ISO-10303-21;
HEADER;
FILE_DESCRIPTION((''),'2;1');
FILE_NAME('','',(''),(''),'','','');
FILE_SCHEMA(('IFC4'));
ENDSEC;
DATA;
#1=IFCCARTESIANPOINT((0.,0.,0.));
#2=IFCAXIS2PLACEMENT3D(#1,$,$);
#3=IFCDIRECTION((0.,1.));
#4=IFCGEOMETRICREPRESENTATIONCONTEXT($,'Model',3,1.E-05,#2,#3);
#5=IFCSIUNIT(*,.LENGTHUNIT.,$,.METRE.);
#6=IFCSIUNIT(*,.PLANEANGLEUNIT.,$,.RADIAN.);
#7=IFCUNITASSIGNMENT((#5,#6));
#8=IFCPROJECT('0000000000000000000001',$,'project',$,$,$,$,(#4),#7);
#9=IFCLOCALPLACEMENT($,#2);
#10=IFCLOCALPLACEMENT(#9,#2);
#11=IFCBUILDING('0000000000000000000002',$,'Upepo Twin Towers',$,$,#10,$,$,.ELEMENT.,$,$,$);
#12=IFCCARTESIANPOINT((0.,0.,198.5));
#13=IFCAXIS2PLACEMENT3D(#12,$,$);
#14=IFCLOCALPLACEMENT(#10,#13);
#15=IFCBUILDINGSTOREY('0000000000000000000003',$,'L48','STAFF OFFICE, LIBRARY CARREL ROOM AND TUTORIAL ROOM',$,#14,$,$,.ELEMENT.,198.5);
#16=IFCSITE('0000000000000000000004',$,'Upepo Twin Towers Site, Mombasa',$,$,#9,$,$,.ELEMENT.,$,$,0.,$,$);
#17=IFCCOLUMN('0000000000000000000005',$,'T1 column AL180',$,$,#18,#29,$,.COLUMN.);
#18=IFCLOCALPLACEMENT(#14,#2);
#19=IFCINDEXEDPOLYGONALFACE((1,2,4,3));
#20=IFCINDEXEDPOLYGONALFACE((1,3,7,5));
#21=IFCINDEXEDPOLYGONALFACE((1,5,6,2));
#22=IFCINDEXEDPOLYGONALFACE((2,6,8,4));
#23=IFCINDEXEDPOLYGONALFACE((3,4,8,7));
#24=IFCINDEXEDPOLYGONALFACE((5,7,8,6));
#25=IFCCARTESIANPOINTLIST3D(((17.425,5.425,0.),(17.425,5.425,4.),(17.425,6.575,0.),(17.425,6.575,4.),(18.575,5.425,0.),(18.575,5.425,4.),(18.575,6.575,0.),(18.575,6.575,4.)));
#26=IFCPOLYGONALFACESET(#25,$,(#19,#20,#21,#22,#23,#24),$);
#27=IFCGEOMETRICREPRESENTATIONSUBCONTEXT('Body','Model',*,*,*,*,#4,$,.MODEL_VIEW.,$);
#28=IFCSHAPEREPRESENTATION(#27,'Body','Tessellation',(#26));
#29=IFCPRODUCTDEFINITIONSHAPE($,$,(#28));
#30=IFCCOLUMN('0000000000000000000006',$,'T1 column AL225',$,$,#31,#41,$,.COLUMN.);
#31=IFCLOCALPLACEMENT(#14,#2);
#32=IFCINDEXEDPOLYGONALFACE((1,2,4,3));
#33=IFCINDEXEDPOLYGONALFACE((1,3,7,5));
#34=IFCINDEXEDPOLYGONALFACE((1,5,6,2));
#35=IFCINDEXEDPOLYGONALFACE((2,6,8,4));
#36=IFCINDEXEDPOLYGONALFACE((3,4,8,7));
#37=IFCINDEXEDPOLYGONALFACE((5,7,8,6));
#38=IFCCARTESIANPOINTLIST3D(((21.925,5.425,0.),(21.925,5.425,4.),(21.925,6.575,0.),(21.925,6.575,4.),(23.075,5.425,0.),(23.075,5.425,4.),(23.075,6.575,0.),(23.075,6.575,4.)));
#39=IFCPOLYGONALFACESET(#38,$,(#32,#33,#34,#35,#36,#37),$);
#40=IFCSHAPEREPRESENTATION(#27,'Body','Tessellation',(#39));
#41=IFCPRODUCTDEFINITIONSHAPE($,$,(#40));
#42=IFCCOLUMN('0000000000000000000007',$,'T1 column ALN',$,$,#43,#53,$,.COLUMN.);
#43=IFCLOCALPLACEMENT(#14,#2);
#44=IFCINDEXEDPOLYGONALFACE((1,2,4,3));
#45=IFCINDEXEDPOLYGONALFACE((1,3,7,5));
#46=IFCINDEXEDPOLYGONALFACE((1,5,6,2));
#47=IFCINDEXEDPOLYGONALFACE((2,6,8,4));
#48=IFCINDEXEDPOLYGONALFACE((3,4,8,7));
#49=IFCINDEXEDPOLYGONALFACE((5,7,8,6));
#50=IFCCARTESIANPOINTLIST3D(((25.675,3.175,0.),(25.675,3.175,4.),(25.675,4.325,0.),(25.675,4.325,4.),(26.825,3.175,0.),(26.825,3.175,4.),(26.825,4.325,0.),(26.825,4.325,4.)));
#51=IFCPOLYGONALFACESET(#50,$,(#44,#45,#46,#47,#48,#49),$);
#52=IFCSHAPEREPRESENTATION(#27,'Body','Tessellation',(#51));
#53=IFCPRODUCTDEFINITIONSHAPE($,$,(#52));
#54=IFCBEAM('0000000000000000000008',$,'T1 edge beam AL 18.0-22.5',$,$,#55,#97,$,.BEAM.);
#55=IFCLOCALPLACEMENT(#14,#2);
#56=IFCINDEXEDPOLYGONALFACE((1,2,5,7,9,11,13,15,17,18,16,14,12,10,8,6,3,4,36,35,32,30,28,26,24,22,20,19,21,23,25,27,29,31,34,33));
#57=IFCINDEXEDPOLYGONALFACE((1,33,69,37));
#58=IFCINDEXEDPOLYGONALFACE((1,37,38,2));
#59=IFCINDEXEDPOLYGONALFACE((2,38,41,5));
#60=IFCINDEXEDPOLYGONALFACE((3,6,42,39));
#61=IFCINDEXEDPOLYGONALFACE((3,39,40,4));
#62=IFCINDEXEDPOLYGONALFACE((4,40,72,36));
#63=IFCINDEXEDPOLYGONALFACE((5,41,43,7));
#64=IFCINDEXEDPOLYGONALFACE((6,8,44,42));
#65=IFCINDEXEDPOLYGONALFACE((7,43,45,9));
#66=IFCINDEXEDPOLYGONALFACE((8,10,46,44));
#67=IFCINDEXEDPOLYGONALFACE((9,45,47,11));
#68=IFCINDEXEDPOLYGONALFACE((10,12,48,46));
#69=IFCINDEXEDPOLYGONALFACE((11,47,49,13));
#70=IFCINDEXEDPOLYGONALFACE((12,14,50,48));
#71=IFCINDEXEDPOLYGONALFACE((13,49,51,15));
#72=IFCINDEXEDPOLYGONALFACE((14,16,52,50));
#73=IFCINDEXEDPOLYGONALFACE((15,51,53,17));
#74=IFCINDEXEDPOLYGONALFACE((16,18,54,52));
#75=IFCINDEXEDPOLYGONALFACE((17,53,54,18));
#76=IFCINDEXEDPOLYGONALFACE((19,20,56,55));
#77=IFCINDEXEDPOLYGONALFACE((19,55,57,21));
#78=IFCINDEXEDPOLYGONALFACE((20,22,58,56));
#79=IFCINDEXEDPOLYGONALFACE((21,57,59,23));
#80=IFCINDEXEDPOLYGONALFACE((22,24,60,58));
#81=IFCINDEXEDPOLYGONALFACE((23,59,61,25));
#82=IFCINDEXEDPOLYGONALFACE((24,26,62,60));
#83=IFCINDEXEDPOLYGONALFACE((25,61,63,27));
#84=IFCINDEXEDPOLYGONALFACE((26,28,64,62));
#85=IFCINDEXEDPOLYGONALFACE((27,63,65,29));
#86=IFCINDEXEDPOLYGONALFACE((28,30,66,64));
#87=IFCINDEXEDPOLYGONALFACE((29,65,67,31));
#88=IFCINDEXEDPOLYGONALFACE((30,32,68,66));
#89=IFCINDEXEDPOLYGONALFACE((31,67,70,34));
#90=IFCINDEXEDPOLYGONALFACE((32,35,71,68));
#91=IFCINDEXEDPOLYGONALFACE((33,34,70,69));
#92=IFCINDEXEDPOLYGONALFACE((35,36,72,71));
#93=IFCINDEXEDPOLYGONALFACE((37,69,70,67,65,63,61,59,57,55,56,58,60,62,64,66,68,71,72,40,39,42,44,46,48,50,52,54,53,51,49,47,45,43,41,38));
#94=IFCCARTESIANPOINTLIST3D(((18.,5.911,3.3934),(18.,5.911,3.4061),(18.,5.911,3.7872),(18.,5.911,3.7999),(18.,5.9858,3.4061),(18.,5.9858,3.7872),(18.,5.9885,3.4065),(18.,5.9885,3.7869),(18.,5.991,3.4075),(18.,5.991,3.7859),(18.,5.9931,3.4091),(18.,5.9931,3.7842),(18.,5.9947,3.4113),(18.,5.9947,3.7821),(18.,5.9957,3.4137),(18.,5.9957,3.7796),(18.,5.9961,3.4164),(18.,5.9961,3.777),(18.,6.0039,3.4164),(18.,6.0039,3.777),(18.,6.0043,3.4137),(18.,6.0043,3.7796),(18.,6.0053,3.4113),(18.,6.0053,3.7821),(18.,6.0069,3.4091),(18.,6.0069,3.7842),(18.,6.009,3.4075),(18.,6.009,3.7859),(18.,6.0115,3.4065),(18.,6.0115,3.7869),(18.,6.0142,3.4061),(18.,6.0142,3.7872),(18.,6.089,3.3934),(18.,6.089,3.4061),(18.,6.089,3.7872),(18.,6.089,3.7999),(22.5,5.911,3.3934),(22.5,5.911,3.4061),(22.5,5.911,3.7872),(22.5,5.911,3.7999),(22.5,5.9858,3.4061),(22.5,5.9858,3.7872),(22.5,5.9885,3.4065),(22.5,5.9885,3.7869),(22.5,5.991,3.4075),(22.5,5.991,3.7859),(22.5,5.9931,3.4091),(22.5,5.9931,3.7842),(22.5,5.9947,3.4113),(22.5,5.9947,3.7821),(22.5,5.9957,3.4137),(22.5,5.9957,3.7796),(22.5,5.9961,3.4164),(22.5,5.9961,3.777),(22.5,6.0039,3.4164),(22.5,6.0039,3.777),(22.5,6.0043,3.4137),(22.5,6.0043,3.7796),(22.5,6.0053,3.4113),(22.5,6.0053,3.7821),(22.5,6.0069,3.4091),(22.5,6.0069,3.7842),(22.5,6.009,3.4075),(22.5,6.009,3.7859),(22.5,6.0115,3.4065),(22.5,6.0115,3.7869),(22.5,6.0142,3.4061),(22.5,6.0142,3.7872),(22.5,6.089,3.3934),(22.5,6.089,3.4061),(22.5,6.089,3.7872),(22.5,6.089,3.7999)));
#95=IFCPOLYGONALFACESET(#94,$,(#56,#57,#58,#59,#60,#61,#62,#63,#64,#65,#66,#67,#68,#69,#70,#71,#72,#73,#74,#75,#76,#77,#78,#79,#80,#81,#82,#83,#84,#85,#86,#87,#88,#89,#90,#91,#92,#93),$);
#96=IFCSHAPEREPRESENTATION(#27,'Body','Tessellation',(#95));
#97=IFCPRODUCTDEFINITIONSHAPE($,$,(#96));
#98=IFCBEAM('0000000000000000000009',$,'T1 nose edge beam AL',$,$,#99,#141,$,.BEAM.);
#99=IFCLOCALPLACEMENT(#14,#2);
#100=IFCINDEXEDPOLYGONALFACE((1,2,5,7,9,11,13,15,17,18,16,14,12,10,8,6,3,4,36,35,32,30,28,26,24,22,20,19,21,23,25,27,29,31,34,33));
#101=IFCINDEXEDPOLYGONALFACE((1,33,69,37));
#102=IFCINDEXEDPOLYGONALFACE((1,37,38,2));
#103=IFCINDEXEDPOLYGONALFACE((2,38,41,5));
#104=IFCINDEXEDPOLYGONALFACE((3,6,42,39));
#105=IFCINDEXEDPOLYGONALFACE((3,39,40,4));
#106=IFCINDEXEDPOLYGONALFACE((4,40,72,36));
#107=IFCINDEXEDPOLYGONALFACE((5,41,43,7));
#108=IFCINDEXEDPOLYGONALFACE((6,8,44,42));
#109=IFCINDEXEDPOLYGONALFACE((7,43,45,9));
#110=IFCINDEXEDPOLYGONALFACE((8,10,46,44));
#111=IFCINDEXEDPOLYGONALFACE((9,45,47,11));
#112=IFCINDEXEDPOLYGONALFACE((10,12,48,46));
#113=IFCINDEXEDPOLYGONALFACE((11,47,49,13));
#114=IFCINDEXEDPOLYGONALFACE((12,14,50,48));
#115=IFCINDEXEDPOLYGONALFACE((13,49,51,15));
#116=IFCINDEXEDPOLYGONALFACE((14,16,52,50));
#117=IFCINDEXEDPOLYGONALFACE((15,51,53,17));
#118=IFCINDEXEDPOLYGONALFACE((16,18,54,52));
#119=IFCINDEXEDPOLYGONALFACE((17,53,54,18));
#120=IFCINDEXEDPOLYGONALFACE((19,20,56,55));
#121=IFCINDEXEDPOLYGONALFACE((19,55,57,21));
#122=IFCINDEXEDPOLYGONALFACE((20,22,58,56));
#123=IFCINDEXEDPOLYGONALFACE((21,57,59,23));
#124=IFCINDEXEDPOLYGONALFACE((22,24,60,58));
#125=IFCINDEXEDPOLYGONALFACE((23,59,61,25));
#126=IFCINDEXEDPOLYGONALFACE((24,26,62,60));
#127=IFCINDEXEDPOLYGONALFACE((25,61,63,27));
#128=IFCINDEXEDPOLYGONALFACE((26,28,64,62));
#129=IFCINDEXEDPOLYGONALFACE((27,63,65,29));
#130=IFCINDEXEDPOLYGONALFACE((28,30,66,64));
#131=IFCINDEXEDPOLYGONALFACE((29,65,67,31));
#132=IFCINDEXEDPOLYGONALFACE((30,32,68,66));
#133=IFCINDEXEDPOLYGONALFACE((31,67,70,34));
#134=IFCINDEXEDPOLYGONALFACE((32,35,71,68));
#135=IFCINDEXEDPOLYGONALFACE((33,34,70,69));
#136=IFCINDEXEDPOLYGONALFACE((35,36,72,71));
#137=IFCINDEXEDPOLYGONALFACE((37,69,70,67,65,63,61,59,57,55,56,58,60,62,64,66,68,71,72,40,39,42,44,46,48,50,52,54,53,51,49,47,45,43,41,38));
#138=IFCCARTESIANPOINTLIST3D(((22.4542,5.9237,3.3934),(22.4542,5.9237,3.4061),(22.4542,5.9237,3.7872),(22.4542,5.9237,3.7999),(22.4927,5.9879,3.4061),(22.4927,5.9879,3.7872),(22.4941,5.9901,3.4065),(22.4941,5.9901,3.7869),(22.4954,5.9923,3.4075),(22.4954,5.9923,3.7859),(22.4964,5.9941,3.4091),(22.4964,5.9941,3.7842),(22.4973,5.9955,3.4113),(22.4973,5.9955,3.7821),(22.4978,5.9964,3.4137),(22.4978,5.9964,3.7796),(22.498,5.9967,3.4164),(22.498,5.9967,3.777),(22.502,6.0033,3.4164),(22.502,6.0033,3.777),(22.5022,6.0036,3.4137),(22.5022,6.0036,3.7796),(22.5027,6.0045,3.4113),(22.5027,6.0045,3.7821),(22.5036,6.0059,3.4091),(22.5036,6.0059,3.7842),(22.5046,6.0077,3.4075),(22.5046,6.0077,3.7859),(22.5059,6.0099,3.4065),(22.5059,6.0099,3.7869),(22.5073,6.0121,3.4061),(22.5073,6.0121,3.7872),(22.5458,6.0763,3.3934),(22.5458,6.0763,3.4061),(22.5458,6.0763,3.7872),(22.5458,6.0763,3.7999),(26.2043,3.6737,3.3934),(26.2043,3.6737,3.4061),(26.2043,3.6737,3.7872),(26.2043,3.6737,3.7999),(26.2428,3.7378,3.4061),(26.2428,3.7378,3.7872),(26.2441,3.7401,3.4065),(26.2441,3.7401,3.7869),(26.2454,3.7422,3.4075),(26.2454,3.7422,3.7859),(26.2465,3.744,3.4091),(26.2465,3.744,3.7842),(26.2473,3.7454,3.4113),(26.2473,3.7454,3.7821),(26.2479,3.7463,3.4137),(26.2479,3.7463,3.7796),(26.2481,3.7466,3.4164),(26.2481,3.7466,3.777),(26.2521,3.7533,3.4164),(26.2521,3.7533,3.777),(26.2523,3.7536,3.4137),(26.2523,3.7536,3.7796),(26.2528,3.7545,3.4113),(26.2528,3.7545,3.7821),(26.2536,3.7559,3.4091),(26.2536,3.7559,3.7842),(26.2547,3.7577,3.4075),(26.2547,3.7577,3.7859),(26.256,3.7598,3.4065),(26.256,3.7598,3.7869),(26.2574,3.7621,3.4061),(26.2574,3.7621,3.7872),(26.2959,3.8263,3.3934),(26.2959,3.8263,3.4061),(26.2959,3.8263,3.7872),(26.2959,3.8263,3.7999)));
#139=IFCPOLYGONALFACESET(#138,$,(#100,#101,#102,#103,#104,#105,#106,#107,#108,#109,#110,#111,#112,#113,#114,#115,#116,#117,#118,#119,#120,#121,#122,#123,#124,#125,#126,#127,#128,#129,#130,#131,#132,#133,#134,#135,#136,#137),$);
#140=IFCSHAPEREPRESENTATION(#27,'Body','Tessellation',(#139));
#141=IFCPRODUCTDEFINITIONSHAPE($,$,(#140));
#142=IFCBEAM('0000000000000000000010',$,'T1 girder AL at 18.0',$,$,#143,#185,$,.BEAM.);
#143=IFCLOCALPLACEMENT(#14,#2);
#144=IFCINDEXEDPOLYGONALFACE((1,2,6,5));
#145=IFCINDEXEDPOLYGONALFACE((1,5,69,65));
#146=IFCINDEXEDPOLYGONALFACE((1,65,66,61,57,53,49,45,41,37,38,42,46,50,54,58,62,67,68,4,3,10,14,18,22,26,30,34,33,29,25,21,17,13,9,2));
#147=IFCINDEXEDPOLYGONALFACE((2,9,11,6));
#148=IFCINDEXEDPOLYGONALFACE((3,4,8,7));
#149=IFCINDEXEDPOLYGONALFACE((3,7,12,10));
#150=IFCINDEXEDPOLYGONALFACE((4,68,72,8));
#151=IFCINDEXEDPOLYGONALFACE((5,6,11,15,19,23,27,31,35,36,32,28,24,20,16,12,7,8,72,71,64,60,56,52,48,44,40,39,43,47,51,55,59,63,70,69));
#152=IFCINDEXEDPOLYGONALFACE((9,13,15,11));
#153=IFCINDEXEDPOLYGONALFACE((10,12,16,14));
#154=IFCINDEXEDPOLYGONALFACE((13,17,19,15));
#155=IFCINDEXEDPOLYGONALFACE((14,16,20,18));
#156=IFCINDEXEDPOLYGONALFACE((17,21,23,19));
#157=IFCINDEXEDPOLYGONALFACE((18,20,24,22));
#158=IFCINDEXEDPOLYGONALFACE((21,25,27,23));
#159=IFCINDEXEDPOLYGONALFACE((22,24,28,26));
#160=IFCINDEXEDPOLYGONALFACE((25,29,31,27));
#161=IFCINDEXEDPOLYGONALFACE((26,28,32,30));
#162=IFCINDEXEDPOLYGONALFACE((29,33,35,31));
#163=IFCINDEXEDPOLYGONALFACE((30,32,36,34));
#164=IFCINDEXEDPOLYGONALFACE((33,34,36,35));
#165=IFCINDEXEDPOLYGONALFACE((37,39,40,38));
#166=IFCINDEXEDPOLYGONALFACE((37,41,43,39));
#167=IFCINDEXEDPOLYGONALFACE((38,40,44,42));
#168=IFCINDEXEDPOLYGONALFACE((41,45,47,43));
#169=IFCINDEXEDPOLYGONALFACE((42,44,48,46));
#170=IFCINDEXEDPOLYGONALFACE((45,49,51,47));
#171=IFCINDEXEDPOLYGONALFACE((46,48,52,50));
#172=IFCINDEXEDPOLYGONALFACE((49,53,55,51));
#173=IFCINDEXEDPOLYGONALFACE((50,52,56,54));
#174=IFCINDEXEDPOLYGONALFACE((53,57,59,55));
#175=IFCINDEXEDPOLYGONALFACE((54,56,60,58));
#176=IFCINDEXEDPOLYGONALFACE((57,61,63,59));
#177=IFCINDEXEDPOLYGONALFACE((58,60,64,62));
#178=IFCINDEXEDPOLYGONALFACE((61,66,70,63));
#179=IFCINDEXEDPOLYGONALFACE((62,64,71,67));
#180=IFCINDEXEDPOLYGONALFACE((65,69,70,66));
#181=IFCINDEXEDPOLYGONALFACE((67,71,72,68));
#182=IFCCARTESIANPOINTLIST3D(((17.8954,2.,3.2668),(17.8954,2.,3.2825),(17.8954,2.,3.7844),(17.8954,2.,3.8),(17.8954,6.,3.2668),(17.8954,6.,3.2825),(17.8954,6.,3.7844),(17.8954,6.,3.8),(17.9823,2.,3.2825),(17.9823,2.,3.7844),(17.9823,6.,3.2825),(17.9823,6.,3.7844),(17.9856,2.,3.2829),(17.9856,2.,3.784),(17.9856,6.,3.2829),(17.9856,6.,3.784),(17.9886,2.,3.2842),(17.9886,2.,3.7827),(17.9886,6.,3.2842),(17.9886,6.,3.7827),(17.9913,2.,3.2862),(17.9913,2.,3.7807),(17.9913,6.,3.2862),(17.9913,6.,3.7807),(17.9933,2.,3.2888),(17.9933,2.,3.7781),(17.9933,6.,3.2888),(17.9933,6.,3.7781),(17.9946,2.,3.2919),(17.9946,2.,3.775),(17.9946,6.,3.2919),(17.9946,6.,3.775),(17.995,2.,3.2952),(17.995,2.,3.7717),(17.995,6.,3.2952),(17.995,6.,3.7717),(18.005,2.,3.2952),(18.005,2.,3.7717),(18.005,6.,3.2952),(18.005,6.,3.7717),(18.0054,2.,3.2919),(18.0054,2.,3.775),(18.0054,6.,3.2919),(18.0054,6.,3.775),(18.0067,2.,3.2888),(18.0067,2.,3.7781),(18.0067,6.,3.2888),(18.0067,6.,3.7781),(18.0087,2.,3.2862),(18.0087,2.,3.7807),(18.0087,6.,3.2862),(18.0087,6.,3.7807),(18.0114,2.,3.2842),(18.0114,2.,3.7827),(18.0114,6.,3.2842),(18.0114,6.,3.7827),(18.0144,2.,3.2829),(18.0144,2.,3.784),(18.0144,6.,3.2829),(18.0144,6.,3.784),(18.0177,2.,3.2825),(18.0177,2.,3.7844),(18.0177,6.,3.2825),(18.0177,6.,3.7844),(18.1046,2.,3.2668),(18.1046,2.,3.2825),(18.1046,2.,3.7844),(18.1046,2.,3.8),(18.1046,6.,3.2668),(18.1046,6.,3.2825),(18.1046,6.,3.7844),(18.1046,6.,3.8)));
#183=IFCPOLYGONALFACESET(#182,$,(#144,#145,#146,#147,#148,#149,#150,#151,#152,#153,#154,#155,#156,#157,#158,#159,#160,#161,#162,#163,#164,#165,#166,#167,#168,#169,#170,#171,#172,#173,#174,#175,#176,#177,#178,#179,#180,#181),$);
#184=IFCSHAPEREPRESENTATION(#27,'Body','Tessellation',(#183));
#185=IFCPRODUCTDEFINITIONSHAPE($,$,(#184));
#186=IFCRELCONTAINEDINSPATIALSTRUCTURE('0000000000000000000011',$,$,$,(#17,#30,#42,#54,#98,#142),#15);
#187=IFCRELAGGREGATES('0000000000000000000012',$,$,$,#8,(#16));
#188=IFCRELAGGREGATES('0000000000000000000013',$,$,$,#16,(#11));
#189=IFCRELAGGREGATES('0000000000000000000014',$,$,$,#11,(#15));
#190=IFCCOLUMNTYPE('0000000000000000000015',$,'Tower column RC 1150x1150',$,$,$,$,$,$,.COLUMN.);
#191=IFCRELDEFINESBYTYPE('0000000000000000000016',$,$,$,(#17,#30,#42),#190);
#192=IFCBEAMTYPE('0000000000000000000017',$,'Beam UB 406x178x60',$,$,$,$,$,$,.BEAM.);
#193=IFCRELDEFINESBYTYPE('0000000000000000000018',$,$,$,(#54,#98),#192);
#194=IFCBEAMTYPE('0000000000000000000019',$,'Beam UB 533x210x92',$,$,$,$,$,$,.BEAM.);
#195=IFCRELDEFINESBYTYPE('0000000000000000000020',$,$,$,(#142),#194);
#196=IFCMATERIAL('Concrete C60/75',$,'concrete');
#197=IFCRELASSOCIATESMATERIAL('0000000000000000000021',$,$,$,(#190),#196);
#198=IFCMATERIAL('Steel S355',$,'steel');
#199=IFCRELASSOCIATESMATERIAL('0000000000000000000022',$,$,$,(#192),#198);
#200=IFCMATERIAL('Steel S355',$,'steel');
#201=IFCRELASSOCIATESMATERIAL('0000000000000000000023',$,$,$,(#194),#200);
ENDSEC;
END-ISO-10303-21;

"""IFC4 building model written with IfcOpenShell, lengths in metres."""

from ifc_helpers import new_model, si_unit, direction, frame, origin, origin_2d, place, context, subcontext, project, spatial, rectangle, i_section, extrude, material, material_profile, profile_set, type_object, element, save


model = new_model("IFC4")

# Units and contexts
model_context = context("Model", 3, precision=1e-05, world=origin(), true_north=direction((0.0, 1.0)))
body_context = subcontext(model_context, "Body", "Model", "MODEL_VIEW")
ifc_project = project(units=[si_unit("LENGTHUNIT", "METRE"), si_unit("PLANEANGLEUNIT", "RADIAN")], contexts=[model_context])

# Site, building, storey
site_placement = place(None, origin())
site = spatial("IfcSite", under=ifc_project, at=site_placement, Name="Upepo Twin Towers Site, Mombasa", CompositionType="ELEMENT", RefElevation=0.0)
building_placement = place(site_placement, origin())
building = spatial("IfcBuilding", under=site, at=building_placement, Name="Upepo Twin Towers", CompositionType="ELEMENT")
storey_placement = place(building_placement, frame((0.0, 0.0, 198.5)))
storey = spatial("IfcBuildingStorey", under=building, at=storey_placement, Name="L48", Description="STAFF OFFICE, LIBRARY CARREL ROOM AND TUTORIAL ROOM", CompositionType="ELEMENT", Elevation=198.5)

# Columns
ifc_material_1 = material(Name="Concrete C60/75", Category="concrete")
ifc_material_profile_1 = material_profile(ifc_material_1, rectangle(XDim=1.1499, YDim=1.1499, at=origin_2d()), Name="RC 1150x1150")
ifc_profile_set_1 = profile_set([ifc_material_profile_1], Name="Concrete C60/75")
column_type = type_object("IfcColumnType", Name="Tower column RC 1150x1150", PredefinedType="COLUMN", material=ifc_profile_set_1)
for number, where, z_axis, x_axis, name in (
    (1, (18.0, 6.0, 0.0), (0.0, 0.0, 1.0), (1.0, 0.0, 0.0), "T1 column AL180"),
    (2, (22.5, 6.0, 0.0), (0.0, 0.0, 1.0), (1.0, 0.0, 0.0), "T1 column AL225"),
    (3, (26.25, 3.75, 0.0), (0.0, 0.0, 1.0), (1.0, 0.0, 0.0), "T1 column ALN"),
):
    element("IfcColumn", number, at=place(storey_placement, frame(where, z_axis=z_axis, x_axis=x_axis)), inside=storey, type_object=column_type, Name=name, PredefinedType="COLUMN", context=body_context, shape_type="SweptSolid", body=[
        extrude(rectangle(XDim=1.1499, YDim=1.1499, at=origin_2d()), origin(), (0.0, 0.0, 1.0), 4.0),
    ])

# Beams
ifc_material_2 = material(Name="Steel S355", Category="steel")
ifc_material_profile_2 = material_profile(ifc_material_2, i_section(OverallWidth=0.178, OverallDepth=0.4065, WebThickness=0.0078, FlangeThickness=0.0127, FilletRadius=0.0103, at=origin_2d()), Name="UB 406x178x60")
ifc_profile_set_2 = profile_set([ifc_material_profile_2], Name="Steel S355")
beam_type_1 = type_object("IfcBeamType", Name="Beam UB 406x178x60", PredefinedType="BEAM", material=ifc_profile_set_2)
beam_1_placement = place(storey_placement, frame((18.0, 6.0, 3.5967), z_axis=(1.0, 0.0, 0.0), x_axis=(0.0, 1.0, 0.0)))
element("IfcBeam", 4, at=beam_1_placement, inside=storey, type_object=beam_type_1, Name="T1 edge beam AL 18.0-22.5", PredefinedType="BEAM", context=body_context, shape_type="SweptSolid", body=[
    extrude(i_section(OverallWidth=0.178, OverallDepth=0.4065, WebThickness=0.0078, FlangeThickness=0.0127, FilletRadius=0.0103, at=origin_2d()), origin(), (0.0, 0.0, 1.0), 4.5),
])
beam_2_placement = place(storey_placement, frame((22.5, 6.0, 3.5967), z_axis=(0.857493, -0.514496, 0.0), x_axis=(0.514496, 0.857493, 0.0)))
element("IfcBeam", 5, at=beam_2_placement, inside=storey, type_object=beam_type_1, Name="T1 nose edge beam AL", PredefinedType="BEAM", context=body_context, shape_type="SweptSolid", body=[
    extrude(i_section(OverallWidth=0.178, OverallDepth=0.4065, WebThickness=0.0078, FlangeThickness=0.0127, FilletRadius=0.0103, at=origin_2d()), origin(), (0.0, 0.0, 1.0), 4.3733),
])
ifc_material_3 = material(Name="Steel S355", Category="steel")
ifc_material_profile_3 = material_profile(ifc_material_3, i_section(OverallWidth=0.2092, OverallDepth=0.5332, WebThickness=0.01, FlangeThickness=0.0156, FilletRadius=0.0127, at=origin_2d()), Name="UB 533x210x92")
ifc_profile_set_3 = profile_set([ifc_material_profile_3], Name="Steel S355")
beam_type_2 = type_object("IfcBeamType", Name="Beam UB 533x210x92", PredefinedType="BEAM", material=ifc_profile_set_3)
for number, where, z_axis, x_axis, name in (
    (6, (18.0, 6.0, 3.5334), (0.0, -1.0, 0.0), (1.0, 0.0, 0.0), "T1 girder AL at 18.0"),
):
    element("IfcBeam", number, at=place(storey_placement, frame(where, z_axis=z_axis, x_axis=x_axis)), inside=storey, type_object=beam_type_2, Name=name, PredefinedType="BEAM", context=body_context, shape_type="SweptSolid", body=[
        extrude(i_section(OverallWidth=0.2092, OverallDepth=0.5332, WebThickness=0.01, FlangeThickness=0.0156, FilletRadius=0.0127, at=origin_2d()), origin(), (0.0, 0.0, 1.0), 4.0),
    ])

save(model, "model.ifc")
